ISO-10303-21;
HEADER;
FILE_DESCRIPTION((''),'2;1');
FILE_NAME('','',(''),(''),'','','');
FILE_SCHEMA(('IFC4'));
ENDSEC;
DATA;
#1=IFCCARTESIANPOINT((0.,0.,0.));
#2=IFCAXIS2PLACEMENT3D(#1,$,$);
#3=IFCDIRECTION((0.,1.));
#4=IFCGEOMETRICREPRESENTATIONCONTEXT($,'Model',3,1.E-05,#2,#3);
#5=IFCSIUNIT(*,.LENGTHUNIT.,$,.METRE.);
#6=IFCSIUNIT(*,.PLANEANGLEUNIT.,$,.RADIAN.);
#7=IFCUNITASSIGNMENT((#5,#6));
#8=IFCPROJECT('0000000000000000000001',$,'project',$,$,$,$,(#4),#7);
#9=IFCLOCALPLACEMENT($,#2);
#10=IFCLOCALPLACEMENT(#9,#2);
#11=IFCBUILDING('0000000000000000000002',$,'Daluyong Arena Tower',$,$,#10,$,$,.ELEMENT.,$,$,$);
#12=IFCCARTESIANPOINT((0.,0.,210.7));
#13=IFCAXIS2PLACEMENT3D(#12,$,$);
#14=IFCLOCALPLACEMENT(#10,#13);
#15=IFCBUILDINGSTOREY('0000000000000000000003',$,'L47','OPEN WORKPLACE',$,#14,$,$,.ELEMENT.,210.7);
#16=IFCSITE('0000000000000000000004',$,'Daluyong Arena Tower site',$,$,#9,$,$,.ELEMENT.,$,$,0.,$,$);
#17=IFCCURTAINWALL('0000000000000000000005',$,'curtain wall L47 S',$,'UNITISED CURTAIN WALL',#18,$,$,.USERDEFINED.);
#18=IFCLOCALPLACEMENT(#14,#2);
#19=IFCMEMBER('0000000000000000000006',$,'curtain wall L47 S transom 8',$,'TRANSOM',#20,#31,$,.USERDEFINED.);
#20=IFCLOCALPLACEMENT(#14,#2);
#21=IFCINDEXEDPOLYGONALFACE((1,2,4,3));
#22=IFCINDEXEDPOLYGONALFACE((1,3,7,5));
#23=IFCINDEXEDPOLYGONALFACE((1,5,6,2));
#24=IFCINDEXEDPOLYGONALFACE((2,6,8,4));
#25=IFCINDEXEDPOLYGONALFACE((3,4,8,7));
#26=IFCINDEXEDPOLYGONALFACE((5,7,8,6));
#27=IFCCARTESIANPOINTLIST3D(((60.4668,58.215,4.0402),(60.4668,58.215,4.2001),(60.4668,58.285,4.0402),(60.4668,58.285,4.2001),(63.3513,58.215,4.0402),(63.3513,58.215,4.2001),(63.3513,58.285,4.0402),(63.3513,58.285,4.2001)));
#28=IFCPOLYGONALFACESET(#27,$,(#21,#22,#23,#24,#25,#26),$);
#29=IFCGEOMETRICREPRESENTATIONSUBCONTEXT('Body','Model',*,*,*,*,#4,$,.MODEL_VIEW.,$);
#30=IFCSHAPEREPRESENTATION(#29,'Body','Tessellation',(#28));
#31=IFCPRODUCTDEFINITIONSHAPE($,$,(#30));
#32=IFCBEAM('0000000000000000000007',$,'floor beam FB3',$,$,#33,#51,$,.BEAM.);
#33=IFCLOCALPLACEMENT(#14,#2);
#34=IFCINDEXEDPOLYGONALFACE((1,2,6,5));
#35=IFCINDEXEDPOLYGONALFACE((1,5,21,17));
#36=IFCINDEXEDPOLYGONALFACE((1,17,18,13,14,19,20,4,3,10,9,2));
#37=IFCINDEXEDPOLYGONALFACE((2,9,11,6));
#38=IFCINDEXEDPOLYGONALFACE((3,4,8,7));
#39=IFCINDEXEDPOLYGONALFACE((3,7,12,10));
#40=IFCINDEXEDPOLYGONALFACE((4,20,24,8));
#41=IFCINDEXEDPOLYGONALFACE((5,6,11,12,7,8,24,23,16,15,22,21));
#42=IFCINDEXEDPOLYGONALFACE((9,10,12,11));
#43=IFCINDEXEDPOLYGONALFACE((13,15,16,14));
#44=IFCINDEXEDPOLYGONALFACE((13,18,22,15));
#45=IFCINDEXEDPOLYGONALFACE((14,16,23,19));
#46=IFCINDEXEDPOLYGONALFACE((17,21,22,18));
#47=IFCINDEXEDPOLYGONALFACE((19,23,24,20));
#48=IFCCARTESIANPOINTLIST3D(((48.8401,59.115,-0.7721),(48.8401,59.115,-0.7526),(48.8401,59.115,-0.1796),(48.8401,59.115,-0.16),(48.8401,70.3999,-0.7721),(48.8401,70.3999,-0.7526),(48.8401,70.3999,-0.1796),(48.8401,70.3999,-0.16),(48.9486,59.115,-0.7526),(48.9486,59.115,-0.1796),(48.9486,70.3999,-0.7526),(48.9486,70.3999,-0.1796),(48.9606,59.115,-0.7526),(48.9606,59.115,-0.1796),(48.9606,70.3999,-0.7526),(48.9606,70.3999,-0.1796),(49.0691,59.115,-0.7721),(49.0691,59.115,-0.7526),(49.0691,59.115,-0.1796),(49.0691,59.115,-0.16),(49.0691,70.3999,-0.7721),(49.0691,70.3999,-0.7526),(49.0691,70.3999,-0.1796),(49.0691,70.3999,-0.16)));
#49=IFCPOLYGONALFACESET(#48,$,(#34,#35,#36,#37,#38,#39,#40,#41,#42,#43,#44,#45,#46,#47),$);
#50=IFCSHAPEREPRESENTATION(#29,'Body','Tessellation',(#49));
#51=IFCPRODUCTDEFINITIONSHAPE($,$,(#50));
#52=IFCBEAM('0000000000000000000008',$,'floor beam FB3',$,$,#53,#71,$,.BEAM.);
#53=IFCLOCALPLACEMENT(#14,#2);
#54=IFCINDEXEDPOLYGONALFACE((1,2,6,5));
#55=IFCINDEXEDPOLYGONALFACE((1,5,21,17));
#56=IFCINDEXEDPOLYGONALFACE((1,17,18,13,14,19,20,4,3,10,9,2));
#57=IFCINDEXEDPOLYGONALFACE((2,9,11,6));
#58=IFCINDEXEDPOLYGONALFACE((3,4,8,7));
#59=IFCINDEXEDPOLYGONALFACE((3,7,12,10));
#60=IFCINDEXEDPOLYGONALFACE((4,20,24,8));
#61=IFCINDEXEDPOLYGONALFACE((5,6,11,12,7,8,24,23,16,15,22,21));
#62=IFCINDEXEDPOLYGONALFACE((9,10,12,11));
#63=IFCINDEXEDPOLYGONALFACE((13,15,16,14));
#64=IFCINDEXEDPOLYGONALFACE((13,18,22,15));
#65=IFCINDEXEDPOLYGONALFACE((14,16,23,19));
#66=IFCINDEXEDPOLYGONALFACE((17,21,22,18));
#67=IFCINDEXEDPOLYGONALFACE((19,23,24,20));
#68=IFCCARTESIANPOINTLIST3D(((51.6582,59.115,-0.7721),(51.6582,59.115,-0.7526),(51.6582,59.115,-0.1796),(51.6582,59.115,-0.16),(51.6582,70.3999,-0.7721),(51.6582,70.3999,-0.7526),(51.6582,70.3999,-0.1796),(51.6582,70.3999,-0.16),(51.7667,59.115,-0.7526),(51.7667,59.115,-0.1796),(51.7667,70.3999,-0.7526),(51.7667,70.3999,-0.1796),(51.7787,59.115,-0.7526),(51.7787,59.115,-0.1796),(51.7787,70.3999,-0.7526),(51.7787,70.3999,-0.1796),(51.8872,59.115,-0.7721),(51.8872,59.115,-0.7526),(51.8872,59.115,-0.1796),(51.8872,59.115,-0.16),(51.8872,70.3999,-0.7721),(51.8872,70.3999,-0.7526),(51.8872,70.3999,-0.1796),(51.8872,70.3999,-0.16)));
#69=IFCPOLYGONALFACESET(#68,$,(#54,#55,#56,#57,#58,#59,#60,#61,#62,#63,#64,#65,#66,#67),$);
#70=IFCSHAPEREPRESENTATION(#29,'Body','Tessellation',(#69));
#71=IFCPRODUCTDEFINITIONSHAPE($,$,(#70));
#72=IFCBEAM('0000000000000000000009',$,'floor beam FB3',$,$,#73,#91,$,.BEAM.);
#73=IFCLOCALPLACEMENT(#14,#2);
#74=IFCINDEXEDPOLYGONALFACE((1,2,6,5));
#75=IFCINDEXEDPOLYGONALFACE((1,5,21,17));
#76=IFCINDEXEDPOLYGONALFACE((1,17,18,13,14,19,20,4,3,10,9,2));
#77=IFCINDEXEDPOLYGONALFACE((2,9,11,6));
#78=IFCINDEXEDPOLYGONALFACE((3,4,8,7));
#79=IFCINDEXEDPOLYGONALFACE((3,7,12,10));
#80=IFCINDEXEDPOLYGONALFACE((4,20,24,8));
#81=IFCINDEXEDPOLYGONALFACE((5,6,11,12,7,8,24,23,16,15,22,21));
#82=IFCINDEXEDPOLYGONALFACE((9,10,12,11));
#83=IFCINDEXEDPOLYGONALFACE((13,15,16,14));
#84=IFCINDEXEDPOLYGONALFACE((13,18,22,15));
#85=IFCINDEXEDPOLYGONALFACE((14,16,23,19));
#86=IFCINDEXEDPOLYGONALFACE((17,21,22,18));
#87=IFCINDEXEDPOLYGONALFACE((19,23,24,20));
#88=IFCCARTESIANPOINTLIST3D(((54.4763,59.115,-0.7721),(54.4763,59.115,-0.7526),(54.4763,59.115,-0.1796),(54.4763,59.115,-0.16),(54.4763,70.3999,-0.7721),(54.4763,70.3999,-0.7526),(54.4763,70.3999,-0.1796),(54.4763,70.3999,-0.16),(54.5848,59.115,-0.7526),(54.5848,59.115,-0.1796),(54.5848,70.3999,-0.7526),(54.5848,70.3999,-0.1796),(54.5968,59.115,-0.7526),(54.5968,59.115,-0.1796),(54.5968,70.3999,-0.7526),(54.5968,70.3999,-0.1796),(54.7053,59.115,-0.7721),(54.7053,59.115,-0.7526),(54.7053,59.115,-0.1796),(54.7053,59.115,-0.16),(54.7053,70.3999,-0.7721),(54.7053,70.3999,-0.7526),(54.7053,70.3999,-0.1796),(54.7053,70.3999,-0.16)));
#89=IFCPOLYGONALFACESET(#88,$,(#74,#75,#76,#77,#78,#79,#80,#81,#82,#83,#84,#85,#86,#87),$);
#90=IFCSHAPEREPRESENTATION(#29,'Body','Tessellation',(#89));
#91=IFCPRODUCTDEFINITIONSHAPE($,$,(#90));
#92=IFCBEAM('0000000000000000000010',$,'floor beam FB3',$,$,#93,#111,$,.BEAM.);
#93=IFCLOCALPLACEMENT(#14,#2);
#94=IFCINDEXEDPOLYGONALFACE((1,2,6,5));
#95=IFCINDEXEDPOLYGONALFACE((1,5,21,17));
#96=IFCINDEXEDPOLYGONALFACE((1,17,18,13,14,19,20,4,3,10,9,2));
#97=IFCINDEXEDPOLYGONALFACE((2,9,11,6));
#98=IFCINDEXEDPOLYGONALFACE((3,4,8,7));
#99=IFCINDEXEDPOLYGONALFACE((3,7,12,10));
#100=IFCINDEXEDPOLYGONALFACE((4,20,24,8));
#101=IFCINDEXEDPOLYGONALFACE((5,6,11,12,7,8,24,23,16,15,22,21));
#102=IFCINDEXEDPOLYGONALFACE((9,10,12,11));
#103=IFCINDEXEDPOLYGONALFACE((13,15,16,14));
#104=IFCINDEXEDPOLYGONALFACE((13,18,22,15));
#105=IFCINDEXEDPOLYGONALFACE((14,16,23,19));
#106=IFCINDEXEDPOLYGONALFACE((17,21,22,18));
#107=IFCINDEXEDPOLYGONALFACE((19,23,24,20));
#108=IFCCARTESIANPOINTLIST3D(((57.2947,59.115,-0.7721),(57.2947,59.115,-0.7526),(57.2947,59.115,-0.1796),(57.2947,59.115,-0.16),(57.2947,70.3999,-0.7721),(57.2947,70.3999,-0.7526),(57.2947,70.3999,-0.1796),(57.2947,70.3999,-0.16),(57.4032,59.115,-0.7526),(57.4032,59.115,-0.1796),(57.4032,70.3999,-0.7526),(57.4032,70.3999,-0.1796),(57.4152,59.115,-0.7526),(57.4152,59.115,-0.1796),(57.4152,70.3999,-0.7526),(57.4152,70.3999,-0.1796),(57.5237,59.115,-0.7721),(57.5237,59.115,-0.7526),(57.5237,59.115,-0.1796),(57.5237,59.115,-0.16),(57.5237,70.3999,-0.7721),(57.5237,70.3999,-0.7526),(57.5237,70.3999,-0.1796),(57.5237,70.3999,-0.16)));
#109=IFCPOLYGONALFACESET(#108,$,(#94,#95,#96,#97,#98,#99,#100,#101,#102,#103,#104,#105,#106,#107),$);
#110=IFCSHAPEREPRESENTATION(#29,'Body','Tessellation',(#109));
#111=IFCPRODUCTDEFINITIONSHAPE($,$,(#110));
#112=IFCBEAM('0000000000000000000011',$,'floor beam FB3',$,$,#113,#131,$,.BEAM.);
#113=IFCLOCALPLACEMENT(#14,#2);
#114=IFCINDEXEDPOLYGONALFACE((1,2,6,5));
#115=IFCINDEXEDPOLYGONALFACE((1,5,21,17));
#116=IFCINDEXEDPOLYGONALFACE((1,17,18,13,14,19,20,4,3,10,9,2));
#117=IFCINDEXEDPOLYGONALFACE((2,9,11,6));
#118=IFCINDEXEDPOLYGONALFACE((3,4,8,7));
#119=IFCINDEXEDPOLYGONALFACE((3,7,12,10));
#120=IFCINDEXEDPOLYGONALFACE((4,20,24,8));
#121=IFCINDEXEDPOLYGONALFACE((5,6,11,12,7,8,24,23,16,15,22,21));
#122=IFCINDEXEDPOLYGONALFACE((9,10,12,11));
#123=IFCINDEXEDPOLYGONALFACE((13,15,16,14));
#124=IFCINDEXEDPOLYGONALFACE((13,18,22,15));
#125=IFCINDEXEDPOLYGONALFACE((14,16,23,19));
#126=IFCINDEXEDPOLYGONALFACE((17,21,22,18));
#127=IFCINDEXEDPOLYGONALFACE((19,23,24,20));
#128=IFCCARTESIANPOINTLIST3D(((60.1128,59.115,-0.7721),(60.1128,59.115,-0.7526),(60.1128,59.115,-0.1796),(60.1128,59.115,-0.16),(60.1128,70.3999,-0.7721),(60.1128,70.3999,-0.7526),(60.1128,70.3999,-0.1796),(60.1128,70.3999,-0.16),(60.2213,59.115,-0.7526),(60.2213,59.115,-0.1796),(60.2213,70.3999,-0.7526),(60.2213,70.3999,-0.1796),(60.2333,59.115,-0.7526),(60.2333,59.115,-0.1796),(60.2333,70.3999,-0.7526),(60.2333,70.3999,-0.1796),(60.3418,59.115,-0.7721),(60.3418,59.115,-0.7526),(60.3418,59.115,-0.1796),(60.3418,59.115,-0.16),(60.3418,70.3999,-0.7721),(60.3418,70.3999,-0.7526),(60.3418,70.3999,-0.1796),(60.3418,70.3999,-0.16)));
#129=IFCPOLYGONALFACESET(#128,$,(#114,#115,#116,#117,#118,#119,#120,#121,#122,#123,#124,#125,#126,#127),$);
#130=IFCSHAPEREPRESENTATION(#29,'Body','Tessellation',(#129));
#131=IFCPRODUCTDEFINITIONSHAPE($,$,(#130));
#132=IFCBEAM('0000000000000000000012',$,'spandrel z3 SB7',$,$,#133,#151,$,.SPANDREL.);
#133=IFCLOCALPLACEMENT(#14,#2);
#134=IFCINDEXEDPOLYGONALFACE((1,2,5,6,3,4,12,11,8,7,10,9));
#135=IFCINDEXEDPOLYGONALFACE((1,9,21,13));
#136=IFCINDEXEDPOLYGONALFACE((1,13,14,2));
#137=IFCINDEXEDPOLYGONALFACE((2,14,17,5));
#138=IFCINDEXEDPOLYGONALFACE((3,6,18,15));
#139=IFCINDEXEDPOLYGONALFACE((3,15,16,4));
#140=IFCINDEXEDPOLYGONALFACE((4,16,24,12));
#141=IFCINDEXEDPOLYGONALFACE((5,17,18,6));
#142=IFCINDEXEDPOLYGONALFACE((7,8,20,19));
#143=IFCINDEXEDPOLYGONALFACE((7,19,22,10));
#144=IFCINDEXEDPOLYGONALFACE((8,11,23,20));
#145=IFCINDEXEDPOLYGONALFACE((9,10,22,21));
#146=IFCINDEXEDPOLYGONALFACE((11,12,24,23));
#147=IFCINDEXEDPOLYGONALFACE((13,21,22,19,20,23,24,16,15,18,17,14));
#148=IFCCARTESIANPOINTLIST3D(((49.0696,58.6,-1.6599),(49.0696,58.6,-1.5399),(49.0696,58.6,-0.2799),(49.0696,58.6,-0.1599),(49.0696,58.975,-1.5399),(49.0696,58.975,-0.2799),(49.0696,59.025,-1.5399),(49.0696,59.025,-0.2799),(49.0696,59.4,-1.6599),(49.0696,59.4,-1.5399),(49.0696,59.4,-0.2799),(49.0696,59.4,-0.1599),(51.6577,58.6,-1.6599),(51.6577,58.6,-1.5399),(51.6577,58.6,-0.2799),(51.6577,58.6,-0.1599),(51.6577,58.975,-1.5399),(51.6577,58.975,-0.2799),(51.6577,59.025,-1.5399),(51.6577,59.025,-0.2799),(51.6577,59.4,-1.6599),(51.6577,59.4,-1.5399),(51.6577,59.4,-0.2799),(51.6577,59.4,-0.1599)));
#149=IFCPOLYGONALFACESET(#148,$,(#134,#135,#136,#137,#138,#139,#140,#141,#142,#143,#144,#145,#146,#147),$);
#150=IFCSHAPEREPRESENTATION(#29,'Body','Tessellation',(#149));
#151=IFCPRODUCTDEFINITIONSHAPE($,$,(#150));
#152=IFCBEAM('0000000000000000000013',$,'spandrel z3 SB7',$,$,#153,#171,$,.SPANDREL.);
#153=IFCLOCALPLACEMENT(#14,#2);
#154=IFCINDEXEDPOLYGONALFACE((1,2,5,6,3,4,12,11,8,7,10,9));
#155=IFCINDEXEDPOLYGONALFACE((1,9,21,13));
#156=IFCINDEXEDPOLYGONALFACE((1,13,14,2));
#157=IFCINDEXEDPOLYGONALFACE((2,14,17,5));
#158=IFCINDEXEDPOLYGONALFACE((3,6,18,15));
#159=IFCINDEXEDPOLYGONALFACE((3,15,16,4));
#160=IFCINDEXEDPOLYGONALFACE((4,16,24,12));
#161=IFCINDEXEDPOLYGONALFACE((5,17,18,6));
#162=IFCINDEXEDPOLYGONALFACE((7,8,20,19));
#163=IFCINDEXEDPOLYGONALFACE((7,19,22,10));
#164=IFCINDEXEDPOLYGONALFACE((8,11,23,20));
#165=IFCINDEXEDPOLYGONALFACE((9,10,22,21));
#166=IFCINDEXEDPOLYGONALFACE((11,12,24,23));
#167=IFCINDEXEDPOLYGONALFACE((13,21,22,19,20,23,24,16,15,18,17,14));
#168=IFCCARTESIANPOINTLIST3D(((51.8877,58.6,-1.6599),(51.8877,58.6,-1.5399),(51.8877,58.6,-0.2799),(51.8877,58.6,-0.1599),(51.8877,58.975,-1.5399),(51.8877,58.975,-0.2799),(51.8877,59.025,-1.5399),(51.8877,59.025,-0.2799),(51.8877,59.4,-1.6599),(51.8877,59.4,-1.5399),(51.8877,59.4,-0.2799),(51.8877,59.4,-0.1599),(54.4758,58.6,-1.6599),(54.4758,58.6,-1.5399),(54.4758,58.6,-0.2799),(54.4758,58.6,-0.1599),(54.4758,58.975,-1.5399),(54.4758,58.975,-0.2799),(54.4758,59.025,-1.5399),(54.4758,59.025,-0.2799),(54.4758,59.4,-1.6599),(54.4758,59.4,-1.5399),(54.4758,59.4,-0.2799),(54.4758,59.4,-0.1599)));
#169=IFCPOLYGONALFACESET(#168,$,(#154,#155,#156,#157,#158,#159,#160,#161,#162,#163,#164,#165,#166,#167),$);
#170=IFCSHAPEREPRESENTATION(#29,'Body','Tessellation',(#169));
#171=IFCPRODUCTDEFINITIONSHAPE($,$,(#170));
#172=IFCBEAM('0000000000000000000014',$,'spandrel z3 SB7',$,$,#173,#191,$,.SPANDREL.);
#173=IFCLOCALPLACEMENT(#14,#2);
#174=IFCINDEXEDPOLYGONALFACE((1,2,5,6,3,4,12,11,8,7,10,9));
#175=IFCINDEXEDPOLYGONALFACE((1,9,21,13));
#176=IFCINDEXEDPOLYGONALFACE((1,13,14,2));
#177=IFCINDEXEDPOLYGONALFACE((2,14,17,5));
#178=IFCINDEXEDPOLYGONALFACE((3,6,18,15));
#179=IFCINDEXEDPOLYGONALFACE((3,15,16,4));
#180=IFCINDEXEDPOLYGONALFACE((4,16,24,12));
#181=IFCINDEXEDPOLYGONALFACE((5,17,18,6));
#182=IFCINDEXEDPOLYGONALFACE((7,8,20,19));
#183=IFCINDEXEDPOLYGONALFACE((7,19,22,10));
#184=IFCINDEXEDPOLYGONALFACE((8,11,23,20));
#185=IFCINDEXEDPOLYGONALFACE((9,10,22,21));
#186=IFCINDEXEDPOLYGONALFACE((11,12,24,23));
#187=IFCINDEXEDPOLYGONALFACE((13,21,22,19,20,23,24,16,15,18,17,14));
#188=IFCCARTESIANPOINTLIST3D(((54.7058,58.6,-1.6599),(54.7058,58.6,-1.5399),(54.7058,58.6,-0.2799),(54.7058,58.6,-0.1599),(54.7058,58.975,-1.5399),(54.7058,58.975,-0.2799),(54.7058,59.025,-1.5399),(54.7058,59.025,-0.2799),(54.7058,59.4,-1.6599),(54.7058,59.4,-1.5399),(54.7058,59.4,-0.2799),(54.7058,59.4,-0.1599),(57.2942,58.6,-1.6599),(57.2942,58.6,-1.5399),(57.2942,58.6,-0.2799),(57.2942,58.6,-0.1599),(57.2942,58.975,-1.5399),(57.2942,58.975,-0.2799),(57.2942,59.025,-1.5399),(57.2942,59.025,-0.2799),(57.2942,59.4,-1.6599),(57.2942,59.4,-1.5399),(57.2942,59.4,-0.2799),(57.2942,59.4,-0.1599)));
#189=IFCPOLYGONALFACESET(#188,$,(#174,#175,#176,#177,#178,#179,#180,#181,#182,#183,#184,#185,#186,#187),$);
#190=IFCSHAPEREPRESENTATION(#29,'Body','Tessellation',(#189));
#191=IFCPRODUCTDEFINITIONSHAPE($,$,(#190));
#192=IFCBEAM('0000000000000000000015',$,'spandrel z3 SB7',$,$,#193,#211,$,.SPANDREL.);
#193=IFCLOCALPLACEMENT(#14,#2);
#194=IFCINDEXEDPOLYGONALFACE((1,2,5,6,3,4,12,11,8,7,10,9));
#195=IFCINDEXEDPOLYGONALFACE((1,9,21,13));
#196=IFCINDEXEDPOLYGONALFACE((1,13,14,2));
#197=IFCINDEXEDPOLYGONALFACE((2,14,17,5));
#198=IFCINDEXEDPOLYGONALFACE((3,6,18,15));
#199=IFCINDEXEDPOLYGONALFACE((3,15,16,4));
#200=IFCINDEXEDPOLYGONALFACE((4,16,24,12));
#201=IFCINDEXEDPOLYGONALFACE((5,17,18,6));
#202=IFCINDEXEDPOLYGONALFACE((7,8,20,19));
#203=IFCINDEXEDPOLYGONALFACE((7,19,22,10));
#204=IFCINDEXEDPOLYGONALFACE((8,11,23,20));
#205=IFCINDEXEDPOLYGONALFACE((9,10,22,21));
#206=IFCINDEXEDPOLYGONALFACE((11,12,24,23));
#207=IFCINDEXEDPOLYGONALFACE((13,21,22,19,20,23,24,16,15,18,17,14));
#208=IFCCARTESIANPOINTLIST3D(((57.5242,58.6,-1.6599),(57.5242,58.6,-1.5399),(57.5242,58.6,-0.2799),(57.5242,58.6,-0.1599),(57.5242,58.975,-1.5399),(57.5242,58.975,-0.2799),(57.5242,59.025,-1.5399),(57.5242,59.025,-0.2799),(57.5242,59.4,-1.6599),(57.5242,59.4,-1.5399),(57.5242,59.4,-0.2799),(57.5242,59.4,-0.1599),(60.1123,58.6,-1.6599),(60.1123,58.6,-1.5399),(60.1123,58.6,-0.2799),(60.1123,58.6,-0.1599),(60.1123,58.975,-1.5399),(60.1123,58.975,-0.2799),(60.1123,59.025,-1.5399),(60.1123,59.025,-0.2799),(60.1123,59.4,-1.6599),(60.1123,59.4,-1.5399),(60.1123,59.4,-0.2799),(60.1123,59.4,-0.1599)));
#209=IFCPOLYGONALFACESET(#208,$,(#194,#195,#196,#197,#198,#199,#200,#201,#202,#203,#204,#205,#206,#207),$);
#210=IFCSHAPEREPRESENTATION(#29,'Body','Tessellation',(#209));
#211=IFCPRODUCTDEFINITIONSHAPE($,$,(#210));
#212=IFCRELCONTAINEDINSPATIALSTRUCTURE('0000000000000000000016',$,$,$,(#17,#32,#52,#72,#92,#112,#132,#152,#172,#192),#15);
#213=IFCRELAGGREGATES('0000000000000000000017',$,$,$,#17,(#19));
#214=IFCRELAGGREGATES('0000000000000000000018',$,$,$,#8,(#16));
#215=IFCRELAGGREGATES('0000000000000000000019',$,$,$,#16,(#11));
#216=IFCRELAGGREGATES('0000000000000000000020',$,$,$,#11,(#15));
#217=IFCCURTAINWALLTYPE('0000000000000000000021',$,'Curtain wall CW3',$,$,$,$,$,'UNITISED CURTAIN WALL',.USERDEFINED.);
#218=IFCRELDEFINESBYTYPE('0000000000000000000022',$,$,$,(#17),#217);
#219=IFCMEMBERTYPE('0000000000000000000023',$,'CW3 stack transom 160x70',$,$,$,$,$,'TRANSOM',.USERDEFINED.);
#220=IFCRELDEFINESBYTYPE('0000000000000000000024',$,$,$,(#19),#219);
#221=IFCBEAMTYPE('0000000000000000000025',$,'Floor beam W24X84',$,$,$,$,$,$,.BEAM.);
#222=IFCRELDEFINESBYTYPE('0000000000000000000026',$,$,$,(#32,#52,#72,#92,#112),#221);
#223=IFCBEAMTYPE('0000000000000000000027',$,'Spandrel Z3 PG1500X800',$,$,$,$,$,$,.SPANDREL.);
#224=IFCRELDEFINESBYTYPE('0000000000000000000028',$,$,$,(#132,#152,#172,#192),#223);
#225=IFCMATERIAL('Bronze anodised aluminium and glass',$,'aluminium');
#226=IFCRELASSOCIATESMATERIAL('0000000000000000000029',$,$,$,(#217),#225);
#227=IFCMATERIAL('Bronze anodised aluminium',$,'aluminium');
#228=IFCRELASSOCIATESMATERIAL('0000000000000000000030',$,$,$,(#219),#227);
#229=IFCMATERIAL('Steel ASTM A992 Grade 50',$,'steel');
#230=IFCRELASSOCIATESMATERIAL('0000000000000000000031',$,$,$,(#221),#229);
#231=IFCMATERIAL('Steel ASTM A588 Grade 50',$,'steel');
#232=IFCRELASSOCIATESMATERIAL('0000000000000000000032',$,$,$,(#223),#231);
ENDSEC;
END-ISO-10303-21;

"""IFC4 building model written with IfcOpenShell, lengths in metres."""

from ifc_helpers import new_model, si_unit, direction, frame, origin, origin_2d, place, context, subcontext, project, spatial, rectangle, i_section, extrude, material, material_profile, profile_set, type_object, element, aggregate, save


model = new_model("IFC4")

# Units and contexts
model_context = context("Model", 3, precision=1e-05, world=origin(), true_north=direction((0.0, 1.0)))
body_context = subcontext(model_context, "Body", "Model", "MODEL_VIEW")
ifc_project = project(units=[si_unit("LENGTHUNIT", "METRE"), si_unit("PLANEANGLEUNIT", "RADIAN")], contexts=[model_context])

# Site, building, storey
site_placement = place(None, origin())
site = spatial("IfcSite", under=ifc_project, at=site_placement, Name="Daluyong Arena Tower site", CompositionType="ELEMENT", RefElevation=0.0)
building_placement = place(site_placement, origin())
building = spatial("IfcBuilding", under=site, at=building_placement, Name="Daluyong Arena Tower", CompositionType="ELEMENT")
storey_placement = place(building_placement, frame((0.0, 0.0, 210.7)))
storey = spatial("IfcBuildingStorey", under=building, at=storey_placement, Name="L47", Description="OPEN WORKPLACE", CompositionType="ELEMENT", Elevation=210.7)

# Curtain wall, member
ifc_material_1 = material(Name="Bronze anodised aluminium and glass", Category="aluminium")
curtain_wall_type = type_object("IfcCurtainWallType", Name="Curtain wall CW3", ElementType="UNITISED CURTAIN WALL", PredefinedType="USERDEFINED", material=ifc_material_1)
curtain_wall_placement = place(storey_placement, origin())
curtain_wall = element("IfcCurtainWall", 1, at=curtain_wall_placement, inside=storey, type_object=curtain_wall_type, Name="curtain wall L47 S", ObjectType="UNITISED CURTAIN WALL", PredefinedType="USERDEFINED")
ifc_material_2 = material(Name="Bronze anodised aluminium", Category="aluminium")
ifc_material_profile_1 = material_profile(ifc_material_2, rectangle(XDim=0.0701, YDim=0.1599, at=origin_2d()))
ifc_profile_set_1 = profile_set([ifc_material_profile_1], Name="Bronze anodised aluminium")
member_type_1 = type_object("IfcMemberType", Name="CW3 stack transom 160x70", ElementType="TRANSOM", PredefinedType="USERDEFINED", material=ifc_profile_set_1)
member_1_placement = place(storey_placement, frame((60.4668, 58.25, 4.1201), z_axis=(1.0, 0.0, 0.0), x_axis=(0.0, 1.0, 0.0)))
member_1 = element("IfcMember", 2, at=member_1_placement, type_object=member_type_1, Name="curtain wall L47 S transom 8", ObjectType="TRANSOM", PredefinedType="USERDEFINED", context=body_context, shape_type="SweptSolid", body=[
    extrude(rectangle(XDim=0.0701, YDim=0.1599, at=origin_2d()), origin(), (0.0, 0.0, 1.0), 2.8845),
])

# Beams
ifc_material_3 = material(Name="Steel ASTM A992 Grade 50", Category="steel")
ifc_material_profile_2 = material_profile(ifc_material_3, i_section(OverallWidth=0.229, OverallDepth=0.6121, WebThickness=0.012, FlangeThickness=0.0195, at=origin_2d()))
ifc_profile_set_2 = profile_set([ifc_material_profile_2], Name="Steel ASTM A992 Grade 50")
beam_type_1 = type_object("IfcBeamType", Name="Floor beam W24X84", PredefinedType="BEAM", material=ifc_profile_set_2)
for number, where, z_axis, x_axis, name in (
    (3, (48.9546, 59.115, -0.4661), (0.0, 1.0, 0.0), (-1.0, 0.0, 0.0), "floor beam FB3"),
    (4, (51.7727, 59.115, -0.4661), (0.0, 1.0, 0.0), (-1.0, 0.0, 0.0), "floor beam FB3"),
    (5, (54.5908, 59.115, -0.4661), (0.0, 1.0, 0.0), (-1.0, 0.0, 0.0), "floor beam FB3"),
    (6, (57.4092, 59.115, -0.4661), (0.0, 1.0, 0.0), (-1.0, 0.0, 0.0), "floor beam FB3"),
    (7, (60.2273, 59.115, -0.4661), (0.0, 1.0, 0.0), (-1.0, 0.0, 0.0), "floor beam FB3"),
):
    element("IfcBeam", number, at=place(storey_placement, frame(where, z_axis=z_axis, x_axis=x_axis)), inside=storey, type_object=beam_type_1, Name=name, PredefinedType="BEAM", context=body_context, shape_type="SweptSolid", body=[
        extrude(i_section(OverallWidth=0.229, OverallDepth=0.6121, WebThickness=0.012, FlangeThickness=0.0195, at=origin_2d()), origin(), (0.0, 0.0, 1.0), 11.2849),
    ])
ifc_material_4 = material(Name="Steel ASTM A588 Grade 50", Category="steel")
ifc_material_profile_3 = material_profile(ifc_material_4, i_section(OverallWidth=0.8, OverallDepth=1.5, WebThickness=0.05, FlangeThickness=0.12, at=origin_2d()))
ifc_profile_set_3 = profile_set([ifc_material_profile_3], Name="Steel ASTM A588 Grade 50")
beam_type_2 = type_object("IfcBeamType", Name="Spandrel Z3 PG1500X800", PredefinedType="SPANDREL", material=ifc_profile_set_3)
for number, where, z_axis, x_axis, name in (
    (8, (49.0696, 59.0, -0.9099), (1.0, 0.0, 0.0), (0.0, 1.0, 0.0), "spandrel z3 SB7"),
    (9, (51.8877, 59.0, -0.9099), (1.0, 0.0, 0.0), (0.0, 1.0, 0.0), "spandrel z3 SB7"),
):
    element("IfcBeam", number, at=place(storey_placement, frame(where, z_axis=z_axis, x_axis=x_axis)), inside=storey, type_object=beam_type_2, Name=name, PredefinedType="SPANDREL", context=body_context, shape_type="SweptSolid", body=[
        extrude(i_section(OverallWidth=0.8, OverallDepth=1.5, WebThickness=0.05, FlangeThickness=0.12, at=origin_2d()), origin(), (0.0, 0.0, 1.0), 2.5881),
    ])
beam_placement = place(storey_placement, frame((54.7058, 59.0, -0.9099), z_axis=(1.0, 0.0, 0.0), x_axis=(0.0, 1.0, 0.0)))
element("IfcBeam", 10, at=beam_placement, inside=storey, type_object=beam_type_2, Name="spandrel z3 SB7", PredefinedType="SPANDREL", context=body_context, shape_type="SweptSolid", body=[
    extrude(i_section(OverallWidth=0.8, OverallDepth=1.5, WebThickness=0.05, FlangeThickness=0.12, at=origin_2d()), origin(), (0.0, 0.0, 1.0), 2.5884),
])
for number, where, z_axis, x_axis, name in (
    (11, (57.5242, 59.0, -0.9099), (1.0, 0.0, 0.0), (0.0, 1.0, 0.0), "spandrel z3 SB7"),
):
    element("IfcBeam", number, at=place(storey_placement, frame(where, z_axis=z_axis, x_axis=x_axis)), inside=storey, type_object=beam_type_2, Name=name, PredefinedType="SPANDREL", context=body_context, shape_type="SweptSolid", body=[
        extrude(i_section(OverallWidth=0.8, OverallDepth=1.5, WebThickness=0.05, FlangeThickness=0.12, at=origin_2d()), origin(), (0.0, 0.0, 1.0), 2.5881),
    ])

aggregate(curtain_wall, [member_1])

save(model, "model.ifc")
